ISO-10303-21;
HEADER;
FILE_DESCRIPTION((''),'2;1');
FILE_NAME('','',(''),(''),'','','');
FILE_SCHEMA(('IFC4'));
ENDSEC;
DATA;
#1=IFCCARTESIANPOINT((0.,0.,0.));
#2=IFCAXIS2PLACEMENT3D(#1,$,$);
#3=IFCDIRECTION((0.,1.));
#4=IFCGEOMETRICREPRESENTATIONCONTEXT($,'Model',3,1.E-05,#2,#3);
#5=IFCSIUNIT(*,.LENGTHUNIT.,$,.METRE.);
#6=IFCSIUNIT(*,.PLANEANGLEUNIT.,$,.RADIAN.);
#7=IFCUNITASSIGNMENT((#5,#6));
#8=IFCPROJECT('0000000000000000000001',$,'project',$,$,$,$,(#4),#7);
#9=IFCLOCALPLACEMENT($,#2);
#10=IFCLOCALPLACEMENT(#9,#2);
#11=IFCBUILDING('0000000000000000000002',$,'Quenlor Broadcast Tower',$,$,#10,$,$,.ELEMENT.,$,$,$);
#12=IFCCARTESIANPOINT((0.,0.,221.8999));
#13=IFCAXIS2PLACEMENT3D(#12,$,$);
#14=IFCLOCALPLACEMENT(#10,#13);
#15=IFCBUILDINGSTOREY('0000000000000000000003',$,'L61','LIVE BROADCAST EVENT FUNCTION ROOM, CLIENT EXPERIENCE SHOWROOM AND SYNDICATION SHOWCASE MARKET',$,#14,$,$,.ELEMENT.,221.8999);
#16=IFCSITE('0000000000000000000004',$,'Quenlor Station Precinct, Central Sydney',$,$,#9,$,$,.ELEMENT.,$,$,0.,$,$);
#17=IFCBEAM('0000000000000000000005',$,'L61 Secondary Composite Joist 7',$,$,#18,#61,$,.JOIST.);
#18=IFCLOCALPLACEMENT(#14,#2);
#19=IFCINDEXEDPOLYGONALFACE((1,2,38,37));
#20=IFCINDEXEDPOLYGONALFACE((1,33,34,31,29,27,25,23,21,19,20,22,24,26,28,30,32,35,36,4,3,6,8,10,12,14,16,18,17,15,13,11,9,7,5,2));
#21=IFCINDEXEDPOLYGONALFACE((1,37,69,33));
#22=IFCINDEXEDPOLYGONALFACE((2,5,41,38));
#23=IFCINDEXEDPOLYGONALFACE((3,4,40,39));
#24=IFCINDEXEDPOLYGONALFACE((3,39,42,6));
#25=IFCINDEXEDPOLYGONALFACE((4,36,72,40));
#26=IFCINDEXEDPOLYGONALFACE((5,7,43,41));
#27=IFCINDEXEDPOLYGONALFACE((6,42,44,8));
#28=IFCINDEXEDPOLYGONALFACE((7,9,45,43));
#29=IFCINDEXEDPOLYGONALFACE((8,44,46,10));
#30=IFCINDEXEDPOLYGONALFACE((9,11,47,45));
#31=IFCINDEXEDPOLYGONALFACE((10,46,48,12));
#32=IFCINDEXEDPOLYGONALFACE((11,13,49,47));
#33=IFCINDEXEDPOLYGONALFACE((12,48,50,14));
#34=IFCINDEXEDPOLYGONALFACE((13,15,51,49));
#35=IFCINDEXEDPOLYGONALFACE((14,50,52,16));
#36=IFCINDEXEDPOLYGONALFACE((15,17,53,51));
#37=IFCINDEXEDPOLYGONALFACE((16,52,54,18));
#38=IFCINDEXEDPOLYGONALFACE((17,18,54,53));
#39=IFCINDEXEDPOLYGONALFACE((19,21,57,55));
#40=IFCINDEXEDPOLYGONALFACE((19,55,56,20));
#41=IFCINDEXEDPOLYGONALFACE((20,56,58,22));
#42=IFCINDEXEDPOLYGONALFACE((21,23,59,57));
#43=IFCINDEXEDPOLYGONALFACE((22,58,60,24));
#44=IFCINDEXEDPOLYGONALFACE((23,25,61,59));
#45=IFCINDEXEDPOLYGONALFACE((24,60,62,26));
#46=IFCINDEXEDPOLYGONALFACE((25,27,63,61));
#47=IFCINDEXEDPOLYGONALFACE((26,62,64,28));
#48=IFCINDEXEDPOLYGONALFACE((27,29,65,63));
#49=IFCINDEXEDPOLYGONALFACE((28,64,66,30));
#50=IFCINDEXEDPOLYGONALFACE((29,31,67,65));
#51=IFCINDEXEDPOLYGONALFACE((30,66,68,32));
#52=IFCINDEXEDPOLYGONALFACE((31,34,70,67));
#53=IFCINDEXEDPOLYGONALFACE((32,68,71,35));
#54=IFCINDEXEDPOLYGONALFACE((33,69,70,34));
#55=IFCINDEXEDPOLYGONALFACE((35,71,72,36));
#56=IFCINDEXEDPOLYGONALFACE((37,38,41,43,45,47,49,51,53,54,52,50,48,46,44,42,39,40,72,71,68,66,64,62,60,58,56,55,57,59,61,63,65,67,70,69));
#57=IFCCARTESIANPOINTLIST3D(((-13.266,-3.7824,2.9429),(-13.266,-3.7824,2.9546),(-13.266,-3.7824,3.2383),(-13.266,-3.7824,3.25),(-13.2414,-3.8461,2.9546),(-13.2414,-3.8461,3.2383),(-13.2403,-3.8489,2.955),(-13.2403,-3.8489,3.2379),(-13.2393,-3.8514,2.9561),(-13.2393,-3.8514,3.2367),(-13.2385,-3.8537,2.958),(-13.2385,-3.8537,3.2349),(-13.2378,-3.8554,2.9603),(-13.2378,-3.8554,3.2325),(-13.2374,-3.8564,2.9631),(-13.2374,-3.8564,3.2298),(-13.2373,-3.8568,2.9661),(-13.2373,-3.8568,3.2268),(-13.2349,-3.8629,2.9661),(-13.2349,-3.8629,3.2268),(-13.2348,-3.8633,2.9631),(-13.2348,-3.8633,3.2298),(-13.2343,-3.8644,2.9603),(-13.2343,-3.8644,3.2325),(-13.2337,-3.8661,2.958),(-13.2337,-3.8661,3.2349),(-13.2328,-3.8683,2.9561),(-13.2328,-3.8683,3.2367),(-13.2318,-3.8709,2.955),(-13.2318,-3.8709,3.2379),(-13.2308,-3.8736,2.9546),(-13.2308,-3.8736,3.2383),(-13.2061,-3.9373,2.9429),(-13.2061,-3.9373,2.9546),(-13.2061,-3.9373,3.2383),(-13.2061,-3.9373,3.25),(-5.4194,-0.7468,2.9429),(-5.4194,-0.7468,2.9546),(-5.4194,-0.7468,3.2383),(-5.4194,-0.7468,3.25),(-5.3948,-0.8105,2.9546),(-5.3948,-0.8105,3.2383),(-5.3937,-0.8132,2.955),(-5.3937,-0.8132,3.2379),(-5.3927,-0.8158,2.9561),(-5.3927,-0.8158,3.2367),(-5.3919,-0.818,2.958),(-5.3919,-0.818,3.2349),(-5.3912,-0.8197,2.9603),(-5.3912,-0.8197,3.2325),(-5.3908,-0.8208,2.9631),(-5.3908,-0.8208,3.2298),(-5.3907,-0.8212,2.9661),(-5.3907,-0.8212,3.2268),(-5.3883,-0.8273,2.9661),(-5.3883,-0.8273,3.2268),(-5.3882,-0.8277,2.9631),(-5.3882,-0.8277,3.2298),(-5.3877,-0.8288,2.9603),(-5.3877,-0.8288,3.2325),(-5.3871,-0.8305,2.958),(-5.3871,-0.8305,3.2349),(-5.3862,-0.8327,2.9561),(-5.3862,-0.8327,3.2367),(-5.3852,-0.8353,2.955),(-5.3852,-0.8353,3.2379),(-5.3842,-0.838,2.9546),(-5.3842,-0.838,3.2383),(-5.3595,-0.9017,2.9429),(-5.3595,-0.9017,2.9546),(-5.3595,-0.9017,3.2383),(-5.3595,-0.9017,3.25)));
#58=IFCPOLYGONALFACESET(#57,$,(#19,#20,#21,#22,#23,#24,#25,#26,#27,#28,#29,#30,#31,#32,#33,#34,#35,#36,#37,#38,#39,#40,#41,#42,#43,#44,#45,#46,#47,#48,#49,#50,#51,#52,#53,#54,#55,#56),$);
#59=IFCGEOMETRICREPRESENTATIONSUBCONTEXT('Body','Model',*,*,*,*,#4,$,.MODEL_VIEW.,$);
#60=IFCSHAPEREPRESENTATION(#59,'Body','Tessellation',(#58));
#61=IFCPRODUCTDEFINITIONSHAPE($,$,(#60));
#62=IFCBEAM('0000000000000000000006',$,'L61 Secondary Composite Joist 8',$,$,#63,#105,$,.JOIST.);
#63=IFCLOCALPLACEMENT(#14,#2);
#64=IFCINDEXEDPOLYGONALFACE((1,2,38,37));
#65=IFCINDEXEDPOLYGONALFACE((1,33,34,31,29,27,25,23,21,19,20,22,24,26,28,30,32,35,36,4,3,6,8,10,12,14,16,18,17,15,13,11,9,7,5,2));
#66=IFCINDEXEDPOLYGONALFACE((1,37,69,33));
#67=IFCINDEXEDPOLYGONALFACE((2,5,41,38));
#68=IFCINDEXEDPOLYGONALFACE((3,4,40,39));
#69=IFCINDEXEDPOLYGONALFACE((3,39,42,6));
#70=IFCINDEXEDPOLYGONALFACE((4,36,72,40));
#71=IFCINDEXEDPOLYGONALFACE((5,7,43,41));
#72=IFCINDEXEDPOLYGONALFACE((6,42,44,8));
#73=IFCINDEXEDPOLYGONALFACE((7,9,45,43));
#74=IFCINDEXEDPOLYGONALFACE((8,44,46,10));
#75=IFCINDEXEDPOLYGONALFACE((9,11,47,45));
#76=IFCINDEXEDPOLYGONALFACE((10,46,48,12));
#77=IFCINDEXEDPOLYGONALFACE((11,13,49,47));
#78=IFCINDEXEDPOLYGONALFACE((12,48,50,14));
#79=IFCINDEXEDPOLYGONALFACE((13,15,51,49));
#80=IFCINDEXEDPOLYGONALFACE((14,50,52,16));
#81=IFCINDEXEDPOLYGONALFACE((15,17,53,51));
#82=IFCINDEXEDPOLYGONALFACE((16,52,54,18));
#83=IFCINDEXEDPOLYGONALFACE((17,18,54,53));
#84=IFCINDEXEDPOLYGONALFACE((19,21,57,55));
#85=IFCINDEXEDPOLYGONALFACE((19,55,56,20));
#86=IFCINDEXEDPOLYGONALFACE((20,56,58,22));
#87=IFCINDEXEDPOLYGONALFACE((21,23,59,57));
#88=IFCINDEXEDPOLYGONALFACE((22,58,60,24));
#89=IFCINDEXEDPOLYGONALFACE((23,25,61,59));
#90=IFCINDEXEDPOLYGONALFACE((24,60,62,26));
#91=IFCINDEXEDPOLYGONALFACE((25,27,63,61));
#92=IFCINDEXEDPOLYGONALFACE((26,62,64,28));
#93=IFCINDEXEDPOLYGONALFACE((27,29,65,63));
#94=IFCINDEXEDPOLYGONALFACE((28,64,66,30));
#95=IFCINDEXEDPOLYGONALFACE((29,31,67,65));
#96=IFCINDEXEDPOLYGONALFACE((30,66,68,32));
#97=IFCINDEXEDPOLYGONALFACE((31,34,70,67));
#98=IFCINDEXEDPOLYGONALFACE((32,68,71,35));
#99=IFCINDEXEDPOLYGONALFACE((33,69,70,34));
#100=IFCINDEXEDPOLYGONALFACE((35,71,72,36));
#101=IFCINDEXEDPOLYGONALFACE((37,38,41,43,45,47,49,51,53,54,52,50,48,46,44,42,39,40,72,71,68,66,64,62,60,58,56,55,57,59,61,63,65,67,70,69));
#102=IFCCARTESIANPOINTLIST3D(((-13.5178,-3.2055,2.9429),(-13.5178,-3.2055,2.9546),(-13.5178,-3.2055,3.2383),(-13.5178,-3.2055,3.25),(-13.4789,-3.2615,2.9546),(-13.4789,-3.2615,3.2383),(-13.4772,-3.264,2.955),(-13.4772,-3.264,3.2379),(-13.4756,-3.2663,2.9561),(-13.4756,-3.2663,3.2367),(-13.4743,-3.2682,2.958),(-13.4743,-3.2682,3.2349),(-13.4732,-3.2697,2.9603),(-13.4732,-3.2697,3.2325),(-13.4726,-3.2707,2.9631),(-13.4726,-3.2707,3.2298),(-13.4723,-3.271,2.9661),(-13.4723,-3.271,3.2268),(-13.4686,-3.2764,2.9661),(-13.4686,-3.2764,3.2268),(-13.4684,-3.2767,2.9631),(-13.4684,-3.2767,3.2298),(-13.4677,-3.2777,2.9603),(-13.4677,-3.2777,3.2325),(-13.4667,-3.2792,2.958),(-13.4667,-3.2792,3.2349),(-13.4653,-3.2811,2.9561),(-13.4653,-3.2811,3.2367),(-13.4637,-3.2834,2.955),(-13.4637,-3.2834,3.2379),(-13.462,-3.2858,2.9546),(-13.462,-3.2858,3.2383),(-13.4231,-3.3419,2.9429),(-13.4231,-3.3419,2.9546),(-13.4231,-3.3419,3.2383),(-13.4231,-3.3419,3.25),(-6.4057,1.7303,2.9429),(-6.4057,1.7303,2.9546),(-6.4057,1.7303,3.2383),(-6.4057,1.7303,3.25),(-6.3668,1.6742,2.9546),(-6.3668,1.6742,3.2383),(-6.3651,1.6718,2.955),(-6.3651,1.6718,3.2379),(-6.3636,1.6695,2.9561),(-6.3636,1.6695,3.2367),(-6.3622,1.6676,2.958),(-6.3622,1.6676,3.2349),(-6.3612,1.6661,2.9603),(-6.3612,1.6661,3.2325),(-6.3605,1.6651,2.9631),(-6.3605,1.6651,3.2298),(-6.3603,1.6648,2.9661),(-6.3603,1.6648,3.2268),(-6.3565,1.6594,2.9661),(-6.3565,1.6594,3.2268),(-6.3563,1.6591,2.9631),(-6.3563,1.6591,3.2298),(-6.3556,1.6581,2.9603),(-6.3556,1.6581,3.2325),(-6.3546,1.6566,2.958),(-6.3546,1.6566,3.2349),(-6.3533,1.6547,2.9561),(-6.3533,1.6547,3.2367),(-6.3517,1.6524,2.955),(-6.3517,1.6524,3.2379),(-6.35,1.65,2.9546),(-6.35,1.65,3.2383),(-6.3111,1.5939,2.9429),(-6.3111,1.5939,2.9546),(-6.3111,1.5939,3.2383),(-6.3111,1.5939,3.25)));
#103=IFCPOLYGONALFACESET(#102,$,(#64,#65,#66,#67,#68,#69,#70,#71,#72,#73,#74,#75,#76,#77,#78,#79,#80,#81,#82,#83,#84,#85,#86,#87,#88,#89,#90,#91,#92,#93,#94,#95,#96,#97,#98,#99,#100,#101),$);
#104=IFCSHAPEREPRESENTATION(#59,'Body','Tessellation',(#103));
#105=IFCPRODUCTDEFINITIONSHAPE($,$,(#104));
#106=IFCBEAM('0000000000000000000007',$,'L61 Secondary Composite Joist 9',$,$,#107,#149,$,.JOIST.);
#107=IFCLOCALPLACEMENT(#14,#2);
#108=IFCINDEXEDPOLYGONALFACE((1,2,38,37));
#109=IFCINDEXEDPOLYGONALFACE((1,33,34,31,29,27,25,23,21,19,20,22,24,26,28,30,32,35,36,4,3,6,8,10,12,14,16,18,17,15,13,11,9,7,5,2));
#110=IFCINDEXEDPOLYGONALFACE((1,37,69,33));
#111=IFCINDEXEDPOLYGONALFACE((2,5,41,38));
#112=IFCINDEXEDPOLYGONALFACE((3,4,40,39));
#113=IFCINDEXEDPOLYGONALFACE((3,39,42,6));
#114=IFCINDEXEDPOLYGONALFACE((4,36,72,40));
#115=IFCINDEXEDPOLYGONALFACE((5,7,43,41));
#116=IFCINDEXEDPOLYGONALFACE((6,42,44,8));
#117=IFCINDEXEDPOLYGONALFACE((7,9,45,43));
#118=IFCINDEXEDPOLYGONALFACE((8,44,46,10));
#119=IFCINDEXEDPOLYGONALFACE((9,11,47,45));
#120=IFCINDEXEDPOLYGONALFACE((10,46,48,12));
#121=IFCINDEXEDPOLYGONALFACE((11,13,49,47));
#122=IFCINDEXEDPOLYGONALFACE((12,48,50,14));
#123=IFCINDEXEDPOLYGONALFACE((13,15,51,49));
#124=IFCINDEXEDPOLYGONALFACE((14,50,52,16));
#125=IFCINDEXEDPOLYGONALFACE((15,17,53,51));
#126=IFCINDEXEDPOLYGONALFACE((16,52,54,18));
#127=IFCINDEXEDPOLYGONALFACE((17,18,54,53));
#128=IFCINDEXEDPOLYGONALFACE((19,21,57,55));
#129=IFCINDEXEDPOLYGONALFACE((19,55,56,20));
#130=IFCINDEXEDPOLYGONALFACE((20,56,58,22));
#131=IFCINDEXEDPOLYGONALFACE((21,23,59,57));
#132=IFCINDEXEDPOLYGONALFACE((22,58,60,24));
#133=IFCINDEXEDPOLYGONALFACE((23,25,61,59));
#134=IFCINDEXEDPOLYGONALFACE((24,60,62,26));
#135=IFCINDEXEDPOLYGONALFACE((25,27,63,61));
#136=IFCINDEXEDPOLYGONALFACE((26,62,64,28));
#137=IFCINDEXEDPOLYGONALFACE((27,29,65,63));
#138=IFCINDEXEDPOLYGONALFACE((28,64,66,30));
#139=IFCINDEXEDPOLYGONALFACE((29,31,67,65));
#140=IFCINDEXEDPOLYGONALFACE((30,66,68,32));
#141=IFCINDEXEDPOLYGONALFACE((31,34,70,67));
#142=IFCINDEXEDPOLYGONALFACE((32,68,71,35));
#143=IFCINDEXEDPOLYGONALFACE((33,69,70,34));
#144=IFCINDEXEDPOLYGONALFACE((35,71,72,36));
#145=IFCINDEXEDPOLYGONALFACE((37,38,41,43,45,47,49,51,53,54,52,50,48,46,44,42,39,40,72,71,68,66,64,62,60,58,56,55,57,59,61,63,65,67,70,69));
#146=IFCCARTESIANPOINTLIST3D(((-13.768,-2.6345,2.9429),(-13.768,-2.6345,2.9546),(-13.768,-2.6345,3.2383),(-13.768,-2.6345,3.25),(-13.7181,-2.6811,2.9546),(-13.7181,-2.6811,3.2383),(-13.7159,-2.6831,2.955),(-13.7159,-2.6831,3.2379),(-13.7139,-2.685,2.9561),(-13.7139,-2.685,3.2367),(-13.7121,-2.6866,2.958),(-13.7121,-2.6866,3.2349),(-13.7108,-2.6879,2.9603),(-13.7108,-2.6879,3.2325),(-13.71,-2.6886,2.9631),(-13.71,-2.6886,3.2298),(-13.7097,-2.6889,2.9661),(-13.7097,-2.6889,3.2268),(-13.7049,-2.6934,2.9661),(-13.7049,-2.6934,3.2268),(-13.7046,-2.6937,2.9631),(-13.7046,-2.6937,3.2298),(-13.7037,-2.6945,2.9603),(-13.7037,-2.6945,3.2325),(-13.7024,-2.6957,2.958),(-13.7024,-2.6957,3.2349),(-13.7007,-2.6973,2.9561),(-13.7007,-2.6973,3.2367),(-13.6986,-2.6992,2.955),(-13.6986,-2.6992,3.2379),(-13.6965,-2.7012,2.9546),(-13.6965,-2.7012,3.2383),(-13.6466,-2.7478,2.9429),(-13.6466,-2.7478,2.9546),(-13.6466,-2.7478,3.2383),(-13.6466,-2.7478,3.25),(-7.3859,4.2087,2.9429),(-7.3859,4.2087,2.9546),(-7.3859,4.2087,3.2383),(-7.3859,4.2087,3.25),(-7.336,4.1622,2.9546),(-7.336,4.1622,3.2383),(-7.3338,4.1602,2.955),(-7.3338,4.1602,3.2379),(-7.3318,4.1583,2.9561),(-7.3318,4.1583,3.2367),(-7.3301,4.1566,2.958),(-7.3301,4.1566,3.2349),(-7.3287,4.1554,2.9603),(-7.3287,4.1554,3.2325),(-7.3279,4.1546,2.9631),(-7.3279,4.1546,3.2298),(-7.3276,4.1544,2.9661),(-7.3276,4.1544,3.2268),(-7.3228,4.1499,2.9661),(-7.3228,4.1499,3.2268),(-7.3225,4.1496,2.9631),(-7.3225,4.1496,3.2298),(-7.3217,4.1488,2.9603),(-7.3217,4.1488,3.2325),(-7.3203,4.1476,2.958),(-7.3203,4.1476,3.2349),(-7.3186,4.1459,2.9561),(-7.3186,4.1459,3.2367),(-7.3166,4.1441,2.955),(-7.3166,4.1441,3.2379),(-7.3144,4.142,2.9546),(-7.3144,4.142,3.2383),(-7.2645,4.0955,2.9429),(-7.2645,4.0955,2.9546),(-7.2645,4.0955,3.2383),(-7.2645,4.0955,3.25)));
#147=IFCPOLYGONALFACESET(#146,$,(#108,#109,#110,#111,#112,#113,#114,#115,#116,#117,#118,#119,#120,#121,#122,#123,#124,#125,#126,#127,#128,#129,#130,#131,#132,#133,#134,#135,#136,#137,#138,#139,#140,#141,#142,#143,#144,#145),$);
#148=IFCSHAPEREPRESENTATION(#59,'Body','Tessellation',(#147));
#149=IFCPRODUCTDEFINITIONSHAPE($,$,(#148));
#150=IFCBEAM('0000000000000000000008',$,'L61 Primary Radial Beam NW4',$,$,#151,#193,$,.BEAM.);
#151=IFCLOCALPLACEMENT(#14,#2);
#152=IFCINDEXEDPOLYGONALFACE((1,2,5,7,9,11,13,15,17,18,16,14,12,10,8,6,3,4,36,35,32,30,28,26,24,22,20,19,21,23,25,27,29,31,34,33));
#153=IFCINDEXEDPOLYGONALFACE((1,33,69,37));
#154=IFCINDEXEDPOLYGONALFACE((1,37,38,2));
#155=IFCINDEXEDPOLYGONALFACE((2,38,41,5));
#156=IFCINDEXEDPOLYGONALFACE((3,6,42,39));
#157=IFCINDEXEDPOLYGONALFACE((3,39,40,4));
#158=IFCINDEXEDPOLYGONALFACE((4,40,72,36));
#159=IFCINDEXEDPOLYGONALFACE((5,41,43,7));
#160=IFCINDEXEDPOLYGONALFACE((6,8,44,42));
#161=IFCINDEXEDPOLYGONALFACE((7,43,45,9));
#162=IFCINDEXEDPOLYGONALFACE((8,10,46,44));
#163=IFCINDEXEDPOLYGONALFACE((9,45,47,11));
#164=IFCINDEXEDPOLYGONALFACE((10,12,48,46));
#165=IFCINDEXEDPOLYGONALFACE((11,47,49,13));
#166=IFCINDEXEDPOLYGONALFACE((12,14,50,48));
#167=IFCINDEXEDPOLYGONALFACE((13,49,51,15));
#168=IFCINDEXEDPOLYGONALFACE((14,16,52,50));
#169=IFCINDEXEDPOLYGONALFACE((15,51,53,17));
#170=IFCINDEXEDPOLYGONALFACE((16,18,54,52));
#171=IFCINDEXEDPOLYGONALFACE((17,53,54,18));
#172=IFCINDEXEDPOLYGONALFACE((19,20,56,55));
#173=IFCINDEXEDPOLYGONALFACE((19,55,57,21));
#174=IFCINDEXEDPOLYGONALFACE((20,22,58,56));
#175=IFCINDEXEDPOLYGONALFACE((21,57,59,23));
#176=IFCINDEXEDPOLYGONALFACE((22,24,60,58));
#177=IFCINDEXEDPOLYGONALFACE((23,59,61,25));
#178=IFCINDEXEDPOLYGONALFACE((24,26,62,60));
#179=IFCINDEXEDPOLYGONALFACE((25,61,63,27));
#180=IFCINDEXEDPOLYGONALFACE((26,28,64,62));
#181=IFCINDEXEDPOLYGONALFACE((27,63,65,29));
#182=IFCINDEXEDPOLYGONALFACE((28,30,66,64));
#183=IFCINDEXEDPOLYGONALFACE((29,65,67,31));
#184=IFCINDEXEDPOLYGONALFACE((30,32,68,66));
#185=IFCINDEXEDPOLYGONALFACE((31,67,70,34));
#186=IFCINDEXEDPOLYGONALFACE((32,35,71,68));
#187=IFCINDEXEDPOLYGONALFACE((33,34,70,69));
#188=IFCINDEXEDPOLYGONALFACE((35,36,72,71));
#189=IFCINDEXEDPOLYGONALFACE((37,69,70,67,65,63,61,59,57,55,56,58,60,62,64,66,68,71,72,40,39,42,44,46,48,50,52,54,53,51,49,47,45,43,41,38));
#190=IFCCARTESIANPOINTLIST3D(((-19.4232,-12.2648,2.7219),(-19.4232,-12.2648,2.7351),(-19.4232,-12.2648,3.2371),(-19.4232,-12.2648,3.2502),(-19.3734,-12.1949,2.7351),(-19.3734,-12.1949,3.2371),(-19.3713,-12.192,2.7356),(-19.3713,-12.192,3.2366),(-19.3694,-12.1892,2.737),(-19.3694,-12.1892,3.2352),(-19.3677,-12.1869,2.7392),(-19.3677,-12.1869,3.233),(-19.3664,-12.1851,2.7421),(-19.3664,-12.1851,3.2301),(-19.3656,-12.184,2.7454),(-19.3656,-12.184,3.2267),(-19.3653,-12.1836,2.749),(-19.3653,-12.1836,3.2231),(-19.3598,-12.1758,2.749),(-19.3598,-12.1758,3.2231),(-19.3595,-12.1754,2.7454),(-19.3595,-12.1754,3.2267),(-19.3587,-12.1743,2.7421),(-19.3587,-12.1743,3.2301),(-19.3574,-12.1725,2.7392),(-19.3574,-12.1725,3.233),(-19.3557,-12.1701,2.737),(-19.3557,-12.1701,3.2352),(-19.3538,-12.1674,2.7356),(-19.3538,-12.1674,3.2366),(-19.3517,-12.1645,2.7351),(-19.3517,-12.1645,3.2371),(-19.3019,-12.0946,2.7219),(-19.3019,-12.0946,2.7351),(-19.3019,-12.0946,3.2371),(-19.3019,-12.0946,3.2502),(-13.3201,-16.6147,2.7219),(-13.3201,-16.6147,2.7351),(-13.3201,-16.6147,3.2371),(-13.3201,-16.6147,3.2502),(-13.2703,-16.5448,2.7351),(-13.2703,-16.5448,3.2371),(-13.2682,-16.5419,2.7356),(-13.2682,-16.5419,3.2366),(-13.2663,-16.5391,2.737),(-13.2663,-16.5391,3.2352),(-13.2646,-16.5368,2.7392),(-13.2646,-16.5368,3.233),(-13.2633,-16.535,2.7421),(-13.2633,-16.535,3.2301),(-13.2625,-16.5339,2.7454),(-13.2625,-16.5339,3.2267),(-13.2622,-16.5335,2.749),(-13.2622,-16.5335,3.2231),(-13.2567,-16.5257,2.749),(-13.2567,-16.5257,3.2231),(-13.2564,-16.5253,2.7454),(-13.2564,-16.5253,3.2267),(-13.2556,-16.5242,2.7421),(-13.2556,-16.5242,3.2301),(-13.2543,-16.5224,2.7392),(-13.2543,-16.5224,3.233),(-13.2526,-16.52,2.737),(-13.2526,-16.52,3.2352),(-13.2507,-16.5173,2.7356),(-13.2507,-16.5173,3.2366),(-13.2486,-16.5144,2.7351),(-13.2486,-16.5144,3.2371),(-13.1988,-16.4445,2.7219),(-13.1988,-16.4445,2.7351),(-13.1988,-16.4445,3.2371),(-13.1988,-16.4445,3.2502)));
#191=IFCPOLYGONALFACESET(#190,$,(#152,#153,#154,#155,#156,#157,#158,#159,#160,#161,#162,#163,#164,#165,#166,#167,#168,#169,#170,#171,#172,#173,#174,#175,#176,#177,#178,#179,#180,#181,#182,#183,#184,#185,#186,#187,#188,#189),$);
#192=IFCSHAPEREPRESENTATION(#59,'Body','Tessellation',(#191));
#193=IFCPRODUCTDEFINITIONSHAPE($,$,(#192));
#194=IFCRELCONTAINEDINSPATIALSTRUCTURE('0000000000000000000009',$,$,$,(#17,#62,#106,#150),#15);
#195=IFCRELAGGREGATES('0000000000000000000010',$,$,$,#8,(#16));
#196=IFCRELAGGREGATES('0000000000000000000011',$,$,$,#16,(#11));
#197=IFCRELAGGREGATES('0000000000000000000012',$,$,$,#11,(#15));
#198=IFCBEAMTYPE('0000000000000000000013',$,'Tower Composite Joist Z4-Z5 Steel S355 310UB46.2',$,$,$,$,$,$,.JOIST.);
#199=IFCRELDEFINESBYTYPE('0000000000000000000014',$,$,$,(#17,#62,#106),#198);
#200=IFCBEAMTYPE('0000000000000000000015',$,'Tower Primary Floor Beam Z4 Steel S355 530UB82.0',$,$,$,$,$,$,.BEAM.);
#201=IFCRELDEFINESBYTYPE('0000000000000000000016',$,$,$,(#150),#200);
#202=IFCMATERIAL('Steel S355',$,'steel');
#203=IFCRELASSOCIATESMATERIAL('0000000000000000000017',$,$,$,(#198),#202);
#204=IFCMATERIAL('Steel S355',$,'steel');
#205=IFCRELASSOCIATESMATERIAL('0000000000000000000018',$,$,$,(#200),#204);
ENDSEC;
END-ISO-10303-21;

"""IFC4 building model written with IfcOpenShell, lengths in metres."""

from ifc_helpers import new_model, si_unit, direction, frame, origin, origin_2d, place, context, subcontext, project, spatial, i_section, extrude, material, material_profile, profile_set, type_object, element, save


model = new_model("IFC4")

# Units and contexts
model_context = context("Model", 3, precision=1e-05, world=origin(), true_north=direction((0.0, 1.0)))
body_context = subcontext(model_context, "Body", "Model", "MODEL_VIEW")
ifc_project = project(units=[si_unit("LENGTHUNIT", "METRE"), si_unit("PLANEANGLEUNIT", "RADIAN")], contexts=[model_context])

# Site, building, storey
site_placement = place(None, origin())
site = spatial("IfcSite", under=ifc_project, at=site_placement, Name="Quenlor Station Precinct, Central Sydney", CompositionType="ELEMENT", RefElevation=0.0)
building_placement = place(site_placement, origin())
building = spatial("IfcBuilding", under=site, at=building_placement, Name="Quenlor Broadcast Tower", CompositionType="ELEMENT")
storey_placement = place(building_placement, frame((0.0, 0.0, 221.8999)))
storey = spatial("IfcBuildingStorey", under=building, at=storey_placement, Name="L61", Description="LIVE BROADCAST EVENT FUNCTION ROOM, CLIENT EXPERIENCE SHOWROOM AND SYNDICATION SHOWCASE MARKET", CompositionType="ELEMENT", Elevation=221.8999)

# Beams
ifc_material_1 = material(Name="Steel S355", Category="steel")
ifc_material_profile_1 = material_profile(ifc_material_1, i_section(OverallWidth=0.166, OverallDepth=0.3071, WebThickness=0.0066, FlangeThickness=0.0117, FilletRadius=0.0115, at=origin_2d()))
ifc_profile_set_1 = profile_set([ifc_material_profile_1], Name="Steel S355 310UB46.2")
beam_type_1 = type_object("IfcBeamType", Name="Tower Composite Joist Z4-Z5 Steel S355 310UB46.2", PredefinedType="JOIST", material=ifc_profile_set_1)
beam_1_placement = place(storey_placement, frame((-13.2361, -3.8599, 3.0964), z_axis=(0.932639, 0.36081, 0.0), x_axis=(-0.36081, 0.932639, 0.0)))
element("IfcBeam", 1, at=beam_1_placement, inside=storey, type_object=beam_type_1, Name="L61 Secondary Composite Joist 7", PredefinedType="JOIST", context=body_context, shape_type="SweptSolid", body=[
    extrude(i_section(OverallWidth=0.166, OverallDepth=0.3071, WebThickness=0.0066, FlangeThickness=0.0117, FilletRadius=0.0115, at=origin_2d()), origin(), (0.0, 0.0, 1.0), 8.4133),
])
beam_2_placement = place(storey_placement, frame((-13.4705, -3.2737, 3.0964), z_axis=(0.82154, 0.570151, 0.0), x_axis=(-0.570151, 0.82154, 0.0)))
element("IfcBeam", 2, at=beam_2_placement, inside=storey, type_object=beam_type_1, Name="L61 Secondary Composite Joist 8", PredefinedType="JOIST", context=body_context, shape_type="SweptSolid", body=[
    extrude(i_section(OverallWidth=0.166, OverallDepth=0.3071, WebThickness=0.0066, FlangeThickness=0.0117, FilletRadius=0.0115, at=origin_2d()), origin(), (0.0, 0.0, 1.0), 8.657),
])
beam_3_placement = place(storey_placement, frame((-13.7073, -2.6912, 3.0964), z_axis=(0.682035, 0.73132, 0.0), x_axis=(-0.73132, 0.682035, 0.0)))
element("IfcBeam", 3, at=beam_3_placement, inside=storey, type_object=beam_type_1, Name="L61 Secondary Composite Joist 9", PredefinedType="JOIST", context=body_context, shape_type="SweptSolid", body=[
    extrude(i_section(OverallWidth=0.166, OverallDepth=0.3071, WebThickness=0.0066, FlangeThickness=0.0117, FilletRadius=0.0115, at=origin_2d()), origin(), (0.0, 0.0, 1.0), 9.3574),
])
ifc_material_2 = material(Name="Steel S355", Category="steel")
ifc_material_profile_2 = material_profile(ifc_material_2, i_section(OverallWidth=0.209, OverallDepth=0.5283, WebThickness=0.0095, FlangeThickness=0.0132, FilletRadius=0.0139, at=origin_2d()))
ifc_profile_set_2 = profile_set([ifc_material_profile_2], Name="Steel S355 530UB82.0")
beam_type_2 = type_object("IfcBeamType", Name="Tower Primary Floor Beam Z4 Steel S355 530UB82.0", PredefinedType="BEAM", material=ifc_profile_set_2)
beam_4_placement = place(storey_placement, frame((-19.3625, -12.1797, 2.9861), z_axis=(0.81433, -0.580403, 0.0), x_axis=(0.580403, 0.81433, 0.0)))
element("IfcBeam", 4, at=beam_4_placement, inside=storey, type_object=beam_type_2, Name="L61 Primary Radial Beam NW4", PredefinedType="BEAM", context=body_context, shape_type="SweptSolid", body=[
    extrude(i_section(OverallWidth=0.209, OverallDepth=0.5283, WebThickness=0.0095, FlangeThickness=0.0132, FilletRadius=0.0139, at=origin_2d()), origin(), (0.0, 0.0, 1.0), 7.4946),
])

save(model, "model.ifc")
